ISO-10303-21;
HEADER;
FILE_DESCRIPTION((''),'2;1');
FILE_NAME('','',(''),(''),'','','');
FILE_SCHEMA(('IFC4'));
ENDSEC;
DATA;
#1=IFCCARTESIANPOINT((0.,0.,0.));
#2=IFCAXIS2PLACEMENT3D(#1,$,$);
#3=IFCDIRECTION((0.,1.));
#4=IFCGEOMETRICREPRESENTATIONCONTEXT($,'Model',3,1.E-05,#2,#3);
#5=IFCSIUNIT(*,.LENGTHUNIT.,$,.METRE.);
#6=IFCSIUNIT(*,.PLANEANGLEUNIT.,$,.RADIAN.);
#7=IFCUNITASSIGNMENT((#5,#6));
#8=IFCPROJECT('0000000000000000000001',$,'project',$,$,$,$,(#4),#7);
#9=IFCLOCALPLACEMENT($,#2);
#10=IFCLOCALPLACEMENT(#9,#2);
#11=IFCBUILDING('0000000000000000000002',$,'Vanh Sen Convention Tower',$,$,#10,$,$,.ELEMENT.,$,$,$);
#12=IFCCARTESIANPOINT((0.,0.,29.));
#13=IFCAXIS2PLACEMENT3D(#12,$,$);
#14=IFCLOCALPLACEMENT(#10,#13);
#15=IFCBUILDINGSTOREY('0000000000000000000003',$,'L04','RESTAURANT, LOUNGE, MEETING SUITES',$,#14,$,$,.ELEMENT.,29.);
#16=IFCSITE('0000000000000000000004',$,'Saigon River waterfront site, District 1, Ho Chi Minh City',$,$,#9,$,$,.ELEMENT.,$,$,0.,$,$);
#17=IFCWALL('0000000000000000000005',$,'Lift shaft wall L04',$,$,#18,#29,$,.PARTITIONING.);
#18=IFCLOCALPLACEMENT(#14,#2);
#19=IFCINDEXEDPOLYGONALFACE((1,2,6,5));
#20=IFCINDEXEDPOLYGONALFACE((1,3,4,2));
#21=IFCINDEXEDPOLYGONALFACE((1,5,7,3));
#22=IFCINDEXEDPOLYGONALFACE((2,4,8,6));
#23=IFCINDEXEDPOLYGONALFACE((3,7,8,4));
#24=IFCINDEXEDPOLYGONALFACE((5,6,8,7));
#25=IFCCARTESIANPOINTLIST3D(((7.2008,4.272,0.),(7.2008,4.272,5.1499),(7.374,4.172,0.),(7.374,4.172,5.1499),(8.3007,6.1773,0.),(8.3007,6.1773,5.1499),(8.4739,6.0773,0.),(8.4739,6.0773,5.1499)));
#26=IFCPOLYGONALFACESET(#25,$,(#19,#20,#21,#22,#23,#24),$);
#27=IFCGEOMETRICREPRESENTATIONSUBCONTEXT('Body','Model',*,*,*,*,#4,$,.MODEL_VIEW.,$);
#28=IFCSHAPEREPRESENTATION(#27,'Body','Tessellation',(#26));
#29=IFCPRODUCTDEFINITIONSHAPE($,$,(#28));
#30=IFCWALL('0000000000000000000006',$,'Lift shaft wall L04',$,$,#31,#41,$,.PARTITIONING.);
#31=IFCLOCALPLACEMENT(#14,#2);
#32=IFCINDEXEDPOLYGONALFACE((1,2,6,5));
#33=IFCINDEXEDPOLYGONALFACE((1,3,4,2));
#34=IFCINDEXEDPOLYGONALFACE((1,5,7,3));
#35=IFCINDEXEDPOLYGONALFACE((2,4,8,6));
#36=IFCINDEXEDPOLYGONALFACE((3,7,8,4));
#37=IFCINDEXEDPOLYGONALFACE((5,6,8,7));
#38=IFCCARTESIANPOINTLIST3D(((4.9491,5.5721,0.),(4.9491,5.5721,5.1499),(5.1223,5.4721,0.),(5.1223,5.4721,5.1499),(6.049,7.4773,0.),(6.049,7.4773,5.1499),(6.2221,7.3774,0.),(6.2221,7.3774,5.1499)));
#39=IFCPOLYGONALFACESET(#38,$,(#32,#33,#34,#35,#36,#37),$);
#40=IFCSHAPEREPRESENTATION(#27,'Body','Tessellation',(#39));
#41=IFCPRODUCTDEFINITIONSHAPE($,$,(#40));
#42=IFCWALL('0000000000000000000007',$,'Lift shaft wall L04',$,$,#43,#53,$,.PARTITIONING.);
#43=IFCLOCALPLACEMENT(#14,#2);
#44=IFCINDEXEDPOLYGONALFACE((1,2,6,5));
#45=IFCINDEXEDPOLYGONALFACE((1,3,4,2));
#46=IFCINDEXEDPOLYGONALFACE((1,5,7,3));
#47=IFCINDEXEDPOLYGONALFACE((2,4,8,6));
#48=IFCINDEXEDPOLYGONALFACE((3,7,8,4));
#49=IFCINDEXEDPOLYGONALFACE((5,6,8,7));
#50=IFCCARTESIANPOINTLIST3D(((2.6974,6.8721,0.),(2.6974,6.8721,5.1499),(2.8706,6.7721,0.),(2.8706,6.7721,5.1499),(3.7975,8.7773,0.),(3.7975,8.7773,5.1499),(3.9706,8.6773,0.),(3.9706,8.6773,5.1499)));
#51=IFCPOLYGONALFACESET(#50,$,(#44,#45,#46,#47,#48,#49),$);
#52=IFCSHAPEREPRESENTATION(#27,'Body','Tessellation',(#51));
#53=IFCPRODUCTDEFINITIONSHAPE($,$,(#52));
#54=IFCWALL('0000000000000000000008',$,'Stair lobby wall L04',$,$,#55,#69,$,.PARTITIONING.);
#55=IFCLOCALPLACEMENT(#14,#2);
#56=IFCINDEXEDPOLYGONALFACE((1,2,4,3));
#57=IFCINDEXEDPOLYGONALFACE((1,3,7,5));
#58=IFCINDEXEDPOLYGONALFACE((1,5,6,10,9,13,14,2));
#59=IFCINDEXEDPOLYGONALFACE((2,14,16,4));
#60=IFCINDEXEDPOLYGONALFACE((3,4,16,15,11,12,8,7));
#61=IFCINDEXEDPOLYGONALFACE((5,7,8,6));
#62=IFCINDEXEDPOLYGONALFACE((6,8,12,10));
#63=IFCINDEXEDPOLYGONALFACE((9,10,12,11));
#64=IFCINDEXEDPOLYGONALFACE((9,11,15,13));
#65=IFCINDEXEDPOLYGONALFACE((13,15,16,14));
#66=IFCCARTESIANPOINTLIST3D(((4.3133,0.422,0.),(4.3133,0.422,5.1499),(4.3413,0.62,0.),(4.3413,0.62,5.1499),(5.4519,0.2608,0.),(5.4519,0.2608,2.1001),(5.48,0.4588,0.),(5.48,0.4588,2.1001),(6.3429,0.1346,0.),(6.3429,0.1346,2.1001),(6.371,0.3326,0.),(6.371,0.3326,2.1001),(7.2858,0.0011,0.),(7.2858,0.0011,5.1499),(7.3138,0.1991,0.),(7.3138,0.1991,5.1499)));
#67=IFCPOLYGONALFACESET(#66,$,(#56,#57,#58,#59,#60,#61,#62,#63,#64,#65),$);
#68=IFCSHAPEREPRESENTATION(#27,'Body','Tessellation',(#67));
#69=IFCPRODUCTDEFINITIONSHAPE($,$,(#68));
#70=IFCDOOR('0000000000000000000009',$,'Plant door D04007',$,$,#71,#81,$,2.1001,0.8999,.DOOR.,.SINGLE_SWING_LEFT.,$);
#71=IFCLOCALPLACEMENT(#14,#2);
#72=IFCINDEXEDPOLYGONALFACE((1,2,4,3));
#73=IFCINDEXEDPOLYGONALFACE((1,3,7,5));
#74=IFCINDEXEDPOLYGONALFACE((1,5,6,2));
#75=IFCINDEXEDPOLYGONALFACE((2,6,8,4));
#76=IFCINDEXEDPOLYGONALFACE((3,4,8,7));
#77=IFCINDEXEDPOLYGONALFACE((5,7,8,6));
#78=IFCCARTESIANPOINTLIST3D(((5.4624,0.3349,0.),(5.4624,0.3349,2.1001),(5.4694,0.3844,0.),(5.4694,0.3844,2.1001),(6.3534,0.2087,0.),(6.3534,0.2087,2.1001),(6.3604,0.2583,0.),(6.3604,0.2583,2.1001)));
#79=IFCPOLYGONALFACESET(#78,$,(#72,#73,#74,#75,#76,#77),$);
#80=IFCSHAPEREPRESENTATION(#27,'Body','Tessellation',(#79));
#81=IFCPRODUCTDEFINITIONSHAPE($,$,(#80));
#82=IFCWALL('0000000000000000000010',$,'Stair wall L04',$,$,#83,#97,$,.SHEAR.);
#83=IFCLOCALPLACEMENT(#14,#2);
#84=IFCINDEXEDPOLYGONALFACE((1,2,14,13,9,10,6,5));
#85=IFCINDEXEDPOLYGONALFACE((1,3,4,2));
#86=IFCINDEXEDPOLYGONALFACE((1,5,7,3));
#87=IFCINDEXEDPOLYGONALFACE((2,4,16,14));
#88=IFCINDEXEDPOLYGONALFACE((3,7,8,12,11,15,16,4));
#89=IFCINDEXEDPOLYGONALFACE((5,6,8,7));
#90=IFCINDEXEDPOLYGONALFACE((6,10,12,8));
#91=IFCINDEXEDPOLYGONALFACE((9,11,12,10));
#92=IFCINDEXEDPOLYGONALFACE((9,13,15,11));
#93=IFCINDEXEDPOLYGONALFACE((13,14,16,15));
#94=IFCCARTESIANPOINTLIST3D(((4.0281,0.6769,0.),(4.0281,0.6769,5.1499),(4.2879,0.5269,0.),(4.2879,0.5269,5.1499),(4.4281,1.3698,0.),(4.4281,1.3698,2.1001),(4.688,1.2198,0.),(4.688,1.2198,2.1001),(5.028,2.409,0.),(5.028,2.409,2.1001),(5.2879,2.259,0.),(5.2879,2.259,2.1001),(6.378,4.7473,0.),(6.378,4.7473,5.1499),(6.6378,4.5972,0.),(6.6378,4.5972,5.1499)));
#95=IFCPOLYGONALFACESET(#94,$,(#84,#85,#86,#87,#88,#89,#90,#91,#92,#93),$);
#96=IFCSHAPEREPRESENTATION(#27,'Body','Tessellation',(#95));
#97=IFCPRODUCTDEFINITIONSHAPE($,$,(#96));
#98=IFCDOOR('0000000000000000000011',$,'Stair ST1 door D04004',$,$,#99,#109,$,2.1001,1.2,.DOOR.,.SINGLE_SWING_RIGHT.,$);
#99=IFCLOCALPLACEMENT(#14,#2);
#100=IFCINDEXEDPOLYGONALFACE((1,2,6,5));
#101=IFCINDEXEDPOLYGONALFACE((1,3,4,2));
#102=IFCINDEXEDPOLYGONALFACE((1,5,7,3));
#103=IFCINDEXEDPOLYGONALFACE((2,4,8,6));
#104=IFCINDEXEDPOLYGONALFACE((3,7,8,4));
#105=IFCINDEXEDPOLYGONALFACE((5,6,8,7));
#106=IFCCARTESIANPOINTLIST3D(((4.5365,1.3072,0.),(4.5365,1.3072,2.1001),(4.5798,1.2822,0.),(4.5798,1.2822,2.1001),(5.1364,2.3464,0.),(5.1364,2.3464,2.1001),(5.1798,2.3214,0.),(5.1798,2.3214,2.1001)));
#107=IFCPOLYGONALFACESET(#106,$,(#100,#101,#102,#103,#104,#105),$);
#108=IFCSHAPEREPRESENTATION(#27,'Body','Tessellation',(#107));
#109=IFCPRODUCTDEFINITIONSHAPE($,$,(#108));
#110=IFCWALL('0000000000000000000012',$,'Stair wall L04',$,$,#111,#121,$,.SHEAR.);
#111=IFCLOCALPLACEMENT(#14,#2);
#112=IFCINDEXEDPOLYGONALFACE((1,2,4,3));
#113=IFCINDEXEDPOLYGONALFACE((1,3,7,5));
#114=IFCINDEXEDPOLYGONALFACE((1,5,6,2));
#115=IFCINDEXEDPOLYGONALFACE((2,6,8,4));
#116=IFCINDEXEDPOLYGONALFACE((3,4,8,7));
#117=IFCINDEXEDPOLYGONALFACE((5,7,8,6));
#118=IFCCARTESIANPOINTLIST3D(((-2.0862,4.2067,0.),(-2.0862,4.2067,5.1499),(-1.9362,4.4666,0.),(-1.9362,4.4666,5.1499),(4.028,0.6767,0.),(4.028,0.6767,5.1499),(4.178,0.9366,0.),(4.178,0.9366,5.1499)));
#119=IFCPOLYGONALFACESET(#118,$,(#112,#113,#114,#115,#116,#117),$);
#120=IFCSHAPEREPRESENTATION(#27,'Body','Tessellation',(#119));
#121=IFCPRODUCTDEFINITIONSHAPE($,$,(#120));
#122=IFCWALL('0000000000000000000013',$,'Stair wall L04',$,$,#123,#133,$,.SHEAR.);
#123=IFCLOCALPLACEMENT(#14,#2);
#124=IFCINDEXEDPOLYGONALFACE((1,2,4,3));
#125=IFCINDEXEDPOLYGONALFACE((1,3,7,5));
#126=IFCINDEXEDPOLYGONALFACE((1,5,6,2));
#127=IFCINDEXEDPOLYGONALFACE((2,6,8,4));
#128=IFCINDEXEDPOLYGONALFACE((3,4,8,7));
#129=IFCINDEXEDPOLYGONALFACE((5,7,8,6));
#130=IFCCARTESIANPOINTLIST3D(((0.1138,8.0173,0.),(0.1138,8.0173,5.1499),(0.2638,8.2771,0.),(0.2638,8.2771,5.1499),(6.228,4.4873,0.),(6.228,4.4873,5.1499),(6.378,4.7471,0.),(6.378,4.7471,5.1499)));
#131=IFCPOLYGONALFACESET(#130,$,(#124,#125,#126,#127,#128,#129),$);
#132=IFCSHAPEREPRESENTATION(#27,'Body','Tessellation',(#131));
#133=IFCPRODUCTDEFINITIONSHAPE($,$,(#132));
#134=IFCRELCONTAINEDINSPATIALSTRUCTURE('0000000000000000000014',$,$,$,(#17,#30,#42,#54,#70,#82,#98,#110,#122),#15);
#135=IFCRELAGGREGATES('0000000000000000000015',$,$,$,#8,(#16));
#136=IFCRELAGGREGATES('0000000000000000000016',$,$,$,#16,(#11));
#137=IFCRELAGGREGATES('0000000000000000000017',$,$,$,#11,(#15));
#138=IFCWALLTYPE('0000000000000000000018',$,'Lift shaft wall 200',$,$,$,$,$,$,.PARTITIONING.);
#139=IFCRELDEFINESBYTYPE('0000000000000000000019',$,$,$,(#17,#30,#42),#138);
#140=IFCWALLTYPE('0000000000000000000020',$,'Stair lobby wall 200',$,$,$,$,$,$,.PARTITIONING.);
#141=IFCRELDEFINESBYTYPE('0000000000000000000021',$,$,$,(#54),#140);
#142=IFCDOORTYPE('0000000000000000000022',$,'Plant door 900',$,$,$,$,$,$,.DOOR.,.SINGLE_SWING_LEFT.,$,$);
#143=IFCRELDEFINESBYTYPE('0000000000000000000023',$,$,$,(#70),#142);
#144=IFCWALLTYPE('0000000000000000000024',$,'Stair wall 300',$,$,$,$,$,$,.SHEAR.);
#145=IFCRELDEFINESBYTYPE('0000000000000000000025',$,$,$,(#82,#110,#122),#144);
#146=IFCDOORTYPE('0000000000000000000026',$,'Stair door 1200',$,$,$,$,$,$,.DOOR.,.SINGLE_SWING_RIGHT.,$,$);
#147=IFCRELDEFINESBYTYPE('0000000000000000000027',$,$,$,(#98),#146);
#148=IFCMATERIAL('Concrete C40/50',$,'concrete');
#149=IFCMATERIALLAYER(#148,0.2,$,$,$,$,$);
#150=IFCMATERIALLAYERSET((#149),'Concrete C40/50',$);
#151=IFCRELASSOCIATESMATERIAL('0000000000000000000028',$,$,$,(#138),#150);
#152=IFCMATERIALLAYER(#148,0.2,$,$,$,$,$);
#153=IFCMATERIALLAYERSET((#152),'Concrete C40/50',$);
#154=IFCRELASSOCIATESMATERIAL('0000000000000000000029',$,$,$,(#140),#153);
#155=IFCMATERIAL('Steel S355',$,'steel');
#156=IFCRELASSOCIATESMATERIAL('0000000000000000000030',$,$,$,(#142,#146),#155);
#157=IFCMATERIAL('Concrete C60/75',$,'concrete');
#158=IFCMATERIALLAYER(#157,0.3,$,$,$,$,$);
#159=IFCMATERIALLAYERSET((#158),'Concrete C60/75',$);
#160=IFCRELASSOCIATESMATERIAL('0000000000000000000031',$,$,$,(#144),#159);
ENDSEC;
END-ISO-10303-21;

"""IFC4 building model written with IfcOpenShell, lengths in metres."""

from ifc_helpers import new_model, si_unit, direction, frame, frame_2d, origin, place, context, subcontext, project, spatial, rectangle, extrude, material, layer, layer_set, type_object, element, fill, save


model = new_model("IFC4")

# Units and contexts
model_context = context("Model", 3, precision=1e-05, world=origin(), true_north=direction((0.0, 1.0)))
body_context = subcontext(model_context, "Body", "Model", "MODEL_VIEW")
ifc_project = project(units=[si_unit("LENGTHUNIT", "METRE"), si_unit("PLANEANGLEUNIT", "RADIAN")], contexts=[model_context])

# Site, building, storey
site_placement = place(None, origin())
site = spatial("IfcSite", under=ifc_project, at=site_placement, Name="Saigon River waterfront site, District 1, Ho Chi Minh City", CompositionType="ELEMENT", RefElevation=0.0)
building_placement = place(site_placement, origin())
building = spatial("IfcBuilding", under=site, at=building_placement, Name="Vanh Sen Convention Tower", CompositionType="ELEMENT")
storey_placement = place(building_placement, frame((0.0, 0.0, 29.0)))
storey = spatial("IfcBuildingStorey", under=building, at=storey_placement, Name="L04", Description="RESTAURANT, LOUNGE, MEETING SUITES", CompositionType="ELEMENT", Elevation=29.0)

# Shared definitions
ifc_material_1 = material(Name="Concrete C40/50", Category="concrete")

# Shared definitions
ifc_material_2 = material(Name="Concrete C60/75", Category="concrete")

# Walls
ifc_layer_1 = layer(ifc_material_1, 0.2)
ifc_layer_set_1 = layer_set([ifc_layer_1], Name="Concrete C40/50")
wall_type_1 = type_object("IfcWallType", Name="Lift shaft wall 200", PredefinedType="PARTITIONING", material=ifc_layer_set_1)
for number, where, z_axis, x_axis, name in (
    (1, (7.2874, 4.2219, 0.0), (0.0, 0.0, 1.0), (0.499947, 0.866056, 0.0), "Lift shaft wall L04"),
    (2, (5.0356, 5.522, 0.0), (0.0, 0.0, 1.0), (0.499947, 0.866056, 0.0), "Lift shaft wall L04"),
    (3, (2.7839, 6.822, 0.0), (0.0, 0.0, 1.0), (0.50003, 0.866008, 0.0), "Lift shaft wall L04"),
):
    element("IfcWall", number, at=place(storey_placement, frame(where, z_axis=z_axis, x_axis=x_axis)), inside=storey, type_object=wall_type_1, Name=name, PredefinedType="PARTITIONING", context=body_context, shape_type="SweptSolid", body=[
        extrude(rectangle(XDim=2.2, YDim=0.2, at=frame_2d((1.1001, 0.0))), origin(), (0.0, 0.0, 1.0), 5.1499),
    ])

# Walls, openings, doors
ifc_layer_2 = layer(ifc_material_1, 0.2)
ifc_layer_set_2 = layer_set([ifc_layer_2], Name="Concrete C40/50")
wall_type_2 = type_object("IfcWallType", Name="Stair lobby wall 200", PredefinedType="PARTITIONING", material=ifc_layer_set_2)
wall_1_placement = place(storey_placement, frame((4.3274, 0.521, 0.0), z_axis=(0.0, 0.0, 1.0), x_axis=(0.990124, -0.140192, 0.0)))
wall_1 = element("IfcWall", 4, at=wall_1_placement, inside=storey, type_object=wall_type_2, Name="Stair lobby wall L04", PredefinedType="PARTITIONING", context=body_context, shape_type="SweptSolid", body=[
    extrude(rectangle(XDim=3.0022, YDim=0.2, at=frame_2d((1.501, 0.0))), origin(), (0.0, 0.0, 1.0), 5.1499),
])
opening_1_placement = place(wall_1_placement, frame((1.1499, 0.0, 0.0)))
opening_1 = element("IfcOpeningElement", 5, at=opening_1_placement, cuts=wall_1, PredefinedType="OPENING", context=body_context, shape_type="SweptSolid", body=[
    extrude(rectangle(XDim=0.8999, YDim=2.1001, at=frame_2d((0.45, 1.05))), frame((0.0, 0.1099, 0.0), z_axis=(0.0, -1.0, 0.0), x_axis=(1.0, 0.0, 0.0)), (0.0, 0.0, 1.0), 0.22),
])
ifc_material_3 = material(Name="Steel S355", Category="steel")
door_type_1 = type_object("IfcDoorType", Name="Plant door 900", OperationType="SINGLE_SWING_LEFT", PredefinedType="DOOR", material=ifc_material_3)
door_1_placement = place(opening_1_placement, origin())
door_1 = element("IfcDoor", 6, at=door_1_placement, inside=storey, type_object=door_type_1, Name="Plant door D04007", OperationType="SINGLE_SWING_LEFT", OverallHeight=2.1001, OverallWidth=0.8999, PredefinedType="DOOR", context=body_context, shape_type="SweptSolid", body=[
    extrude(rectangle(XDim=0.8999, YDim=2.1001, at=frame_2d((0.45, 1.05))), frame((0.0, 0.0249, 0.0), z_axis=(0.0, -1.0, 0.0), x_axis=(1.0, 0.0, 0.0)), (0.0, 0.0, 1.0), 0.05),
])
fill(opening_1, door_1)
ifc_layer_3 = layer(ifc_material_2, 0.3)
ifc_layer_set_3 = layer_set([ifc_layer_3], Name="Concrete C60/75")
wall_type_3 = type_object("IfcWallType", Name="Stair wall 300", PredefinedType="SHEAR", material=ifc_layer_set_3)
wall_2_placement = place(storey_placement, frame((4.158, 0.6018, 0.0), z_axis=(0.0, 0.0, 1.0), x_axis=(0.499977, 0.866039, 0.0)))
wall_2 = element("IfcWall", 7, at=wall_2_placement, inside=storey, type_object=wall_type_3, Name="Stair wall L04", PredefinedType="SHEAR", context=body_context, shape_type="SweptSolid", body=[
    extrude(rectangle(XDim=4.7, YDim=0.3, at=frame_2d((2.3501, 0.0))), origin(), (0.0, 0.0, 1.0), 5.1499),
])
opening_2_placement = place(wall_2_placement, frame((0.8, 0.0, 0.0)))
opening_2 = element("IfcOpeningElement", 8, at=opening_2_placement, cuts=wall_2, PredefinedType="OPENING", context=body_context, shape_type="SweptSolid", body=[
    extrude(rectangle(XDim=1.2, YDim=2.1001, at=frame_2d((0.6001, 1.05))), frame((0.0, 0.1599, 0.0), z_axis=(0.0, -1.0, 0.0), x_axis=(1.0, 0.0, 0.0)), (0.0, 0.0, 1.0), 0.3201),
])
door_type_2 = type_object("IfcDoorType", Name="Stair door 1200", OperationType="SINGLE_SWING_RIGHT", PredefinedType="DOOR", material=ifc_material_3)
door_2_placement = place(opening_2_placement, origin())
door_2 = element("IfcDoor", 9, at=door_2_placement, inside=storey, type_object=door_type_2, Name="Stair ST1 door D04004", OperationType="SINGLE_SWING_RIGHT", OverallHeight=2.1001, OverallWidth=1.2, PredefinedType="DOOR", context=body_context, shape_type="SweptSolid", body=[
    extrude(rectangle(XDim=1.2, YDim=2.1001, at=frame_2d((0.6001, 1.05))), frame((0.0, 0.0249, 0.0), z_axis=(0.0, -1.0, 0.0), x_axis=(1.0, 0.0, 0.0)), (0.0, 0.0, 1.0), 0.05),
])
fill(opening_2, door_2)

# Walls
for number, where, z_axis, x_axis, name in (
    (10, (4.103, 0.8066, 0.0), (0.0, 0.0, 1.0), (-0.866028, 0.499996, 0.0), "Stair wall L04"),
    (11, (6.303, 4.6172, 0.0), (0.0, 0.0, 1.0), (-0.866028, 0.499996, 0.0), "Stair wall L04"),
):
    element("IfcWall", number, at=place(storey_placement, frame(where, z_axis=z_axis, x_axis=x_axis)), inside=storey, type_object=wall_type_3, Name=name, PredefinedType="SHEAR", context=body_context, shape_type="SweptSolid", body=[
        extrude(rectangle(XDim=7.0601, YDim=0.3, at=frame_2d((3.53, 0.0))), origin(), (0.0, 0.0, 1.0), 5.1499),
    ])

save(model, "model.ifc")
